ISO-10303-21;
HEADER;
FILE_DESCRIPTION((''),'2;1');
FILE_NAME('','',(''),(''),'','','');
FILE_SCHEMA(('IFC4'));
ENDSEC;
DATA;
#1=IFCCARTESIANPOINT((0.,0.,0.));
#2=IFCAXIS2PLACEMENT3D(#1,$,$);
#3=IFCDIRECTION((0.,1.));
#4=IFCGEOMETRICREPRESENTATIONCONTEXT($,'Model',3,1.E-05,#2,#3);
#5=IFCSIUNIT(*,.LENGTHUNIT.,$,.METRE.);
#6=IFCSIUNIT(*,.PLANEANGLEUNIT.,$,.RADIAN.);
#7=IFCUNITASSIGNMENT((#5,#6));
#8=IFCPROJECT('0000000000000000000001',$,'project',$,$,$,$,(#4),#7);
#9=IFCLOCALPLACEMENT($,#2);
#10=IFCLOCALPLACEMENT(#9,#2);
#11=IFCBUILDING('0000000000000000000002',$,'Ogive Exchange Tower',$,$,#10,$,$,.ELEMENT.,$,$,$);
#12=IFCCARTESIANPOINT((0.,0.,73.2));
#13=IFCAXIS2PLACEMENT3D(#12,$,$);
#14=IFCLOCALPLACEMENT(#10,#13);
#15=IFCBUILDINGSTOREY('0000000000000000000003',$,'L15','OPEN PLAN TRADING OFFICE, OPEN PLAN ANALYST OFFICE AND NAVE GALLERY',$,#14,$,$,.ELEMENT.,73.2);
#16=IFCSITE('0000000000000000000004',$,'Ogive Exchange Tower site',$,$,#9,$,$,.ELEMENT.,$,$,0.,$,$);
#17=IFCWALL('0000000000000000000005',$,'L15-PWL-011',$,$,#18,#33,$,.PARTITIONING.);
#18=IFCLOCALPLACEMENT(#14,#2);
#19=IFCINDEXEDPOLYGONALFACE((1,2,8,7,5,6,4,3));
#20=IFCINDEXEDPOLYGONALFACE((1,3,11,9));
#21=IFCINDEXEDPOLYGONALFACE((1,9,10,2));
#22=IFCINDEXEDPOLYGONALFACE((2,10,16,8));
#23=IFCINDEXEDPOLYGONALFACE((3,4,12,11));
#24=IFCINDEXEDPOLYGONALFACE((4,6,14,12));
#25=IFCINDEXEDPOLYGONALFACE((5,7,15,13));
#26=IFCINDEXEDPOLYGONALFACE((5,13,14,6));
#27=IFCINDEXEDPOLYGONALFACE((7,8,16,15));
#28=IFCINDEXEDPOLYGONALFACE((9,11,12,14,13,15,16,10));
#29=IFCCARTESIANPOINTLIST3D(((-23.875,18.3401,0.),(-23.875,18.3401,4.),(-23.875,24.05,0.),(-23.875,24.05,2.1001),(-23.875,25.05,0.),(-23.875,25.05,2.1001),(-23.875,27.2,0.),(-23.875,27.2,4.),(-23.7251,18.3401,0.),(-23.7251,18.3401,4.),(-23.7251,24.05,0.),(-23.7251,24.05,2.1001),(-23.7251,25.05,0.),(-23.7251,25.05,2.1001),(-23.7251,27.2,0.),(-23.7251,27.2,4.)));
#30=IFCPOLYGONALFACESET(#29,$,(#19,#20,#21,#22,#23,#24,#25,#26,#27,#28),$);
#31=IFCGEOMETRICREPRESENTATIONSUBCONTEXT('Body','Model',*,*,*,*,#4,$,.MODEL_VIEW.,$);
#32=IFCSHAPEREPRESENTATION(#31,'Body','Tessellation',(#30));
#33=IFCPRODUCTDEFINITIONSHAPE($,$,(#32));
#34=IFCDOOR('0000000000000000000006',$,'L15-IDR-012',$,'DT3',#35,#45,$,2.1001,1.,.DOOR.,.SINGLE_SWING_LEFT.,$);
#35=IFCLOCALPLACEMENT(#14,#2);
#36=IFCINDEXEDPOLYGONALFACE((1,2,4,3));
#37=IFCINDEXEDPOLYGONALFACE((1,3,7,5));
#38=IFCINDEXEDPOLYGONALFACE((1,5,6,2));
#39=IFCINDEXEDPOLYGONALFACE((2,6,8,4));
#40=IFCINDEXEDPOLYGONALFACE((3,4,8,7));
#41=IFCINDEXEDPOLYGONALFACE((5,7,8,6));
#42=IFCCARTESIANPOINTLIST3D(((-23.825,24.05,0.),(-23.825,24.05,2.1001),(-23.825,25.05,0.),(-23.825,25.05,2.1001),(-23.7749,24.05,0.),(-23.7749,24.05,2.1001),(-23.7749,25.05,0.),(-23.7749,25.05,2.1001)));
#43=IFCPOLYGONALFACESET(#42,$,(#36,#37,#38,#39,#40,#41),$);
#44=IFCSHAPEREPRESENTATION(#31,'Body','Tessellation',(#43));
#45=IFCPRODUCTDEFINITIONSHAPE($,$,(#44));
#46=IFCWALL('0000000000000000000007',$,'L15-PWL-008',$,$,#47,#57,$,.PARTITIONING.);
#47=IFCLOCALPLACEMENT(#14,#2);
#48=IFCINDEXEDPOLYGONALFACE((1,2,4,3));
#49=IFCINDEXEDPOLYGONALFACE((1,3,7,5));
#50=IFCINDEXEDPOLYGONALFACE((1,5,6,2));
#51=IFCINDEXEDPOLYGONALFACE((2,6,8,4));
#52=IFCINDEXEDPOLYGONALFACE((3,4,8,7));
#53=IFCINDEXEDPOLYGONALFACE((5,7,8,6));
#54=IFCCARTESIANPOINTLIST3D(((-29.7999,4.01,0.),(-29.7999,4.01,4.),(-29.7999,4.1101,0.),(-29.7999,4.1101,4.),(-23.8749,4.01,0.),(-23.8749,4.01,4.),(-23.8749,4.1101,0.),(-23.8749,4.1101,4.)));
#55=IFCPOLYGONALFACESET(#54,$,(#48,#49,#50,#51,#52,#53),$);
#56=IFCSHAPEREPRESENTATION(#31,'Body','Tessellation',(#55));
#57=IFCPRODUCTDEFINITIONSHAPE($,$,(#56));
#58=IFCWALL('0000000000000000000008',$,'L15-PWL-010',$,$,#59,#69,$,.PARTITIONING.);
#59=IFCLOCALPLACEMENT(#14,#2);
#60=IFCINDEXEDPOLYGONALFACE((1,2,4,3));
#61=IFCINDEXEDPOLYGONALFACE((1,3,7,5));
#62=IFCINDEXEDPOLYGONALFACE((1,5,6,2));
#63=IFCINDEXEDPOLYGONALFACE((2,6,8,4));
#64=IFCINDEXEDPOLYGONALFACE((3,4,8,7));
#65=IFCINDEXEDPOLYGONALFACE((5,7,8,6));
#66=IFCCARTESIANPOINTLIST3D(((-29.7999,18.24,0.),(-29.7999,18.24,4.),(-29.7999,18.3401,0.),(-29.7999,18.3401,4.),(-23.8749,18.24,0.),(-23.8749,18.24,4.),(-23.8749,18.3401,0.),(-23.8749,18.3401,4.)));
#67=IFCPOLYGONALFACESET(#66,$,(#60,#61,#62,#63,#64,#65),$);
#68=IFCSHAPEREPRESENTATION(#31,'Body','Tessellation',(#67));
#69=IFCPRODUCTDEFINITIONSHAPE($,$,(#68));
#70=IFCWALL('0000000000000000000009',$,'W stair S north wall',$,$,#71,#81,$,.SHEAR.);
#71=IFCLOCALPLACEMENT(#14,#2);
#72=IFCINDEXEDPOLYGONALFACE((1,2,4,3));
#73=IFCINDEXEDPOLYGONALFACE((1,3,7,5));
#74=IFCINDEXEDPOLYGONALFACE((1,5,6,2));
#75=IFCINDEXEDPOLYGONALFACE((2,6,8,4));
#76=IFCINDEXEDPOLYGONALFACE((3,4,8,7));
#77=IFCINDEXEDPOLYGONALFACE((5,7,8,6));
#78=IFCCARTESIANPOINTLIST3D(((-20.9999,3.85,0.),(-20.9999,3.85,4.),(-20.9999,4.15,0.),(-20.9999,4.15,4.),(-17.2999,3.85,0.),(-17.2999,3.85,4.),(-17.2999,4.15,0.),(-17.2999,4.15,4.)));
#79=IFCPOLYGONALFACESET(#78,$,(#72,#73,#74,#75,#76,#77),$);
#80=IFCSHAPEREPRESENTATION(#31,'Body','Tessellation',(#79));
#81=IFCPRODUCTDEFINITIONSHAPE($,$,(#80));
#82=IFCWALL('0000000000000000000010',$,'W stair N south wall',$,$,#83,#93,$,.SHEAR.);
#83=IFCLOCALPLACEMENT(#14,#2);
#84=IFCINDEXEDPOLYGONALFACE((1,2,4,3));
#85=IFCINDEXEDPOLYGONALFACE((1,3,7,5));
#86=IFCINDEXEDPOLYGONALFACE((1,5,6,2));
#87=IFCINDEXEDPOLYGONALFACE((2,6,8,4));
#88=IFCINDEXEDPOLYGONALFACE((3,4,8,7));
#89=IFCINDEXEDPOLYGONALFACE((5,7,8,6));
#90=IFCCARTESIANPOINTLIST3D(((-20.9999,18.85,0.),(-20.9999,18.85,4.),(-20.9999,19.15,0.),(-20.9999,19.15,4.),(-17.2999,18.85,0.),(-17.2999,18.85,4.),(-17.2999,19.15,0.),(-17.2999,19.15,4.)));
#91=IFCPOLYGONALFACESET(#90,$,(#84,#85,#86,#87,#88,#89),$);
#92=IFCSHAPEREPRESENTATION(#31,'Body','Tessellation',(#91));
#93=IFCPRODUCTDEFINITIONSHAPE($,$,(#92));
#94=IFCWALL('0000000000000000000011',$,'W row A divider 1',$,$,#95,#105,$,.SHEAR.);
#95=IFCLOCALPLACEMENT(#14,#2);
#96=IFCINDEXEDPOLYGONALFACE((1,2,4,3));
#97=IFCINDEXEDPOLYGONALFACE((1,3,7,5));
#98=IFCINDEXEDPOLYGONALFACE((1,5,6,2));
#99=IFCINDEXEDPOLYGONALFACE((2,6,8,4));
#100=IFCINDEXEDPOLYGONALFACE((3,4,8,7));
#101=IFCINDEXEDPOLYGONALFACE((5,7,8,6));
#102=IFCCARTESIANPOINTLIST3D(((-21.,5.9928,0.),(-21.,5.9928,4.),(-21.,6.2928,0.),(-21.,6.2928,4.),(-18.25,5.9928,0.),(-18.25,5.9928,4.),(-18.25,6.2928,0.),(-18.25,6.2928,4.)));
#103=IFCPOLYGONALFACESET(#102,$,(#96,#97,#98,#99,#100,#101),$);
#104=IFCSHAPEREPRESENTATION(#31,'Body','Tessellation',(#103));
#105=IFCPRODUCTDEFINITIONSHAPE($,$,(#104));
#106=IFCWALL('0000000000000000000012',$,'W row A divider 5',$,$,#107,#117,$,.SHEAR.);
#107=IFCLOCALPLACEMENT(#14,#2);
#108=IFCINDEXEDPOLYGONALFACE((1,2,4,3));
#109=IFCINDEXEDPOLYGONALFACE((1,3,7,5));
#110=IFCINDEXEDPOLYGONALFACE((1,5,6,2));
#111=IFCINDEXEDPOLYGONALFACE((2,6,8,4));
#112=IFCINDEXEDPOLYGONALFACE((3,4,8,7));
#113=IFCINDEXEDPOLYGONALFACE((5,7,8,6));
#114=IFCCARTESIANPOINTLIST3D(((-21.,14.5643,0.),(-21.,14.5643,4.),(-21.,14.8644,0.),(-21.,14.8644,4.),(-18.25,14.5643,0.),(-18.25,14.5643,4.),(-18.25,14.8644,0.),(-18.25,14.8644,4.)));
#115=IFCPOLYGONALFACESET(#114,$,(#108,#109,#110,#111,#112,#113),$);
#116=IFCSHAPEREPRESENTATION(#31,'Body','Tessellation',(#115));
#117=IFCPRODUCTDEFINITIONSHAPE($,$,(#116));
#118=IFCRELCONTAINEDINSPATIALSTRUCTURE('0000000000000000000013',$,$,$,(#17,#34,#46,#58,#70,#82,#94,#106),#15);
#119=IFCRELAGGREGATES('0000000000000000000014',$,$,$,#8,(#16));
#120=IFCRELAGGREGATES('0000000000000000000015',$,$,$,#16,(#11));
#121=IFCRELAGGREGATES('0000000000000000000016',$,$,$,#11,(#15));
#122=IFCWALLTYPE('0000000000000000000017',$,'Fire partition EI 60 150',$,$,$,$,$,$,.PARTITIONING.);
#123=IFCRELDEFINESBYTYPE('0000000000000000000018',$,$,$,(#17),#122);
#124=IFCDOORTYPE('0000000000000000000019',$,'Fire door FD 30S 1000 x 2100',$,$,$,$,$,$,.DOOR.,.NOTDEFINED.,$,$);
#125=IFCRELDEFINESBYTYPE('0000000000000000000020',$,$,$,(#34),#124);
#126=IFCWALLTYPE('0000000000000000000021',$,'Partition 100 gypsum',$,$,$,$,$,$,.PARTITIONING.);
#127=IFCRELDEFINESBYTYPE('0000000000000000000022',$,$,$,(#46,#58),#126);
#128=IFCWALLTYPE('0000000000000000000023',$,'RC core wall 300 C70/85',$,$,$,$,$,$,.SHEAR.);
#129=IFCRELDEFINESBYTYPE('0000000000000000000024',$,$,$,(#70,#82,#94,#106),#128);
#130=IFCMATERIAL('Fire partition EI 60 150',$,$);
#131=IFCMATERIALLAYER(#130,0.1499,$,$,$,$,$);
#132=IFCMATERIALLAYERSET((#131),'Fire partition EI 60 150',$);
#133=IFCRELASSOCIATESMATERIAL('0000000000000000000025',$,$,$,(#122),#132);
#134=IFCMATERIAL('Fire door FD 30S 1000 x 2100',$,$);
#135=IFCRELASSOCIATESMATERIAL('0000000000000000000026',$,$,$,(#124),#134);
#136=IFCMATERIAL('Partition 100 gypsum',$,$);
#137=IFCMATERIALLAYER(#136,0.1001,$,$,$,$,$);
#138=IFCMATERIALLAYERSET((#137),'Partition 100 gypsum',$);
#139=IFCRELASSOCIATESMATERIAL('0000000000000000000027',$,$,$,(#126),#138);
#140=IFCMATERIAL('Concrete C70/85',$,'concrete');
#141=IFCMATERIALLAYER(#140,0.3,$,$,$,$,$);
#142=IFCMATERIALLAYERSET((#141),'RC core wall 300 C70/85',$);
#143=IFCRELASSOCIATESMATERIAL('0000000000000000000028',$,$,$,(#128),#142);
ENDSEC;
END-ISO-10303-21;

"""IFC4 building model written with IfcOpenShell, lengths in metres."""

from ifc_helpers import new_model, si_unit, direction, frame, frame_2d, origin, place, context, subcontext, project, spatial, rectangle, extrude, material, layer, layer_set, type_object, element, fill, save


model = new_model("IFC4")

# Units and contexts
model_context = context("Model", 3, precision=1e-05, world=origin(), true_north=direction((0.0, 1.0)))
body_context = subcontext(model_context, "Body", "Model", "MODEL_VIEW")
ifc_project = project(units=[si_unit("LENGTHUNIT", "METRE"), si_unit("PLANEANGLEUNIT", "RADIAN")], contexts=[model_context])

# Site, building, storey
site_placement = place(None, origin())
site = spatial("IfcSite", under=ifc_project, at=site_placement, Name="Ogive Exchange Tower site", CompositionType="ELEMENT", RefElevation=0.0)
building_placement = place(site_placement, origin())
building = spatial("IfcBuilding", under=site, at=building_placement, Name="Ogive Exchange Tower", CompositionType="ELEMENT")
storey_placement = place(building_placement, frame((0.0, 0.0, 73.2)))
storey = spatial("IfcBuildingStorey", under=building, at=storey_placement, Name="L15", Description="OPEN PLAN TRADING OFFICE, OPEN PLAN ANALYST OFFICE AND NAVE GALLERY", CompositionType="ELEMENT", Elevation=73.2)

# Wall, opening, door
ifc_material_1 = material(Name="Fire partition EI 60 150")
ifc_layer_1 = layer(ifc_material_1, 0.1499)
ifc_layer_set_1 = layer_set([ifc_layer_1], Name="Fire partition EI 60 150")
wall_type_1 = type_object("IfcWallType", Name="Fire partition EI 60 150", PredefinedType="PARTITIONING", material=ifc_layer_set_1)
ifc_material_2 = material(Name="Fire door FD 30S 1000 x 2100")
door_type = type_object("IfcDoorType", Name="Fire door FD 30S 1000 x 2100", OperationType="NOTDEFINED", PredefinedType="DOOR", material=ifc_material_2)
wall_1_placement = place(storey_placement, frame((-23.8, 18.3401, 0.0), z_axis=(0.0, 0.0, 1.0), x_axis=(0.0, 1.0, 0.0)))
wall_1 = element("IfcWall", 1, at=wall_1_placement, inside=storey, type_object=wall_type_1, Name="L15-PWL-011", PredefinedType="PARTITIONING", context=body_context, shape_type="SweptSolid", body=[
    extrude(rectangle(XDim=8.8599, YDim=0.1499, at=frame_2d((4.4299, 0.0))), origin(), (0.0, 0.0, 1.0), 4.0),
])
opening_1_placement = place(wall_1_placement, frame((5.71, 0.0, 0.0)))
opening_1 = element("IfcOpeningElement", 2, at=opening_1_placement, cuts=wall_1, PredefinedType="OPENING", context=body_context, shape_type="SweptSolid", body=[
    extrude(rectangle(XDim=1.0, YDim=2.1001, at=frame_2d((0.5, 1.05))), frame((0.0, 0.085, 0.0), z_axis=(0.0, -1.0, 0.0), x_axis=(1.0, 0.0, 0.0)), (0.0, 0.0, 1.0), 0.1699),
])
door_1_placement = place(opening_1_placement, origin())
door_1 = element("IfcDoor", 3, at=door_1_placement, inside=storey, type_object=door_type, Name="L15-IDR-012", ObjectType="DT3", OperationType="SINGLE_SWING_LEFT", OverallHeight=2.1001, OverallWidth=1.0, PredefinedType="DOOR", context=body_context, shape_type="SweptSolid", body=[
    extrude(rectangle(XDim=1.0, YDim=2.1001, at=frame_2d((0.5, 1.05))), frame((0.0, 0.0249, 0.0), z_axis=(0.0, -1.0, 0.0), x_axis=(1.0, 0.0, 0.0)), (0.0, 0.0, 1.0), 0.05),
])
fill(opening_1, door_1)

# Walls
ifc_material_3 = material(Name="Partition 100 gypsum")
ifc_layer_2 = layer(ifc_material_3, 0.1001)
ifc_layer_set_2 = layer_set([ifc_layer_2], Name="Partition 100 gypsum")
wall_type_2 = type_object("IfcWallType", Name="Partition 100 gypsum", PredefinedType="PARTITIONING", material=ifc_layer_set_2)
for number, where, z_axis, x_axis, name in (
    (4, (-23.875, 4.0601, 0.0), (0.0, 0.0, 1.0), (-1.0, 0.0, 0.0), "L15-PWL-008"),
    (5, (-23.875, 18.29, 0.0), (0.0, 0.0, 1.0), (-1.0, 0.0, 0.0), "L15-PWL-010"),
):
    element("IfcWall", number, at=place(storey_placement, frame(where, z_axis=z_axis, x_axis=x_axis)), inside=storey, type_object=wall_type_2, Name=name, PredefinedType="PARTITIONING", context=body_context, shape_type="SweptSolid", body=[
        extrude(rectangle(XDim=5.925, YDim=0.1001, at=frame_2d((2.9624, 0.0))), origin(), (0.0, 0.0, 1.0), 4.0),
    ])
ifc_material_4 = material(Name="Concrete C70/85", Category="concrete")
ifc_layer_3 = layer(ifc_material_4, 0.3)
ifc_layer_set_3 = layer_set([ifc_layer_3], Name="RC core wall 300 C70/85")
wall_type_3 = type_object("IfcWallType", Name="RC core wall 300 C70/85", PredefinedType="SHEAR", material=ifc_layer_set_3)
for number, where, z_axis, x_axis, name in (
    (6, (-21.0, 4.0, 0.0), (0.0, 0.0, 1.0), (1.0, 0.0, 0.0), "W stair S north wall"),
    (7, (-21.0, 19.0, 0.0), (0.0, 0.0, 1.0), (1.0, 0.0, 0.0), "W stair N south wall"),
):
    element("IfcWall", number, at=place(storey_placement, frame(where, z_axis=z_axis, x_axis=x_axis)), inside=storey, type_object=wall_type_3, Name=name, PredefinedType="SHEAR", context=body_context, shape_type="SweptSolid", body=[
        extrude(rectangle(XDim=3.7, YDim=0.3, at=frame_2d((1.8501, 0.0))), origin(), (0.0, 0.0, 1.0), 4.0),
    ])
for number, where, z_axis, x_axis, name in (
    (8, (-21.0, 6.1428, 0.0), (0.0, 0.0, 1.0), (1.0, 0.0, 0.0), "W row A divider 1"),
    (9, (-21.0, 14.7144, 0.0), (0.0, 0.0, 1.0), (1.0, 0.0, 0.0), "W row A divider 5"),
):
    element("IfcWall", number, at=place(storey_placement, frame(where, z_axis=z_axis, x_axis=x_axis)), inside=storey, type_object=wall_type_3, Name=name, PredefinedType="SHEAR", context=body_context, shape_type="SweptSolid", body=[
        extrude(rectangle(XDim=2.75, YDim=0.3, at=frame_2d((1.375, 0.0))), origin(), (0.0, 0.0, 1.0), 4.0),
    ])

save(model, "model.ifc")
